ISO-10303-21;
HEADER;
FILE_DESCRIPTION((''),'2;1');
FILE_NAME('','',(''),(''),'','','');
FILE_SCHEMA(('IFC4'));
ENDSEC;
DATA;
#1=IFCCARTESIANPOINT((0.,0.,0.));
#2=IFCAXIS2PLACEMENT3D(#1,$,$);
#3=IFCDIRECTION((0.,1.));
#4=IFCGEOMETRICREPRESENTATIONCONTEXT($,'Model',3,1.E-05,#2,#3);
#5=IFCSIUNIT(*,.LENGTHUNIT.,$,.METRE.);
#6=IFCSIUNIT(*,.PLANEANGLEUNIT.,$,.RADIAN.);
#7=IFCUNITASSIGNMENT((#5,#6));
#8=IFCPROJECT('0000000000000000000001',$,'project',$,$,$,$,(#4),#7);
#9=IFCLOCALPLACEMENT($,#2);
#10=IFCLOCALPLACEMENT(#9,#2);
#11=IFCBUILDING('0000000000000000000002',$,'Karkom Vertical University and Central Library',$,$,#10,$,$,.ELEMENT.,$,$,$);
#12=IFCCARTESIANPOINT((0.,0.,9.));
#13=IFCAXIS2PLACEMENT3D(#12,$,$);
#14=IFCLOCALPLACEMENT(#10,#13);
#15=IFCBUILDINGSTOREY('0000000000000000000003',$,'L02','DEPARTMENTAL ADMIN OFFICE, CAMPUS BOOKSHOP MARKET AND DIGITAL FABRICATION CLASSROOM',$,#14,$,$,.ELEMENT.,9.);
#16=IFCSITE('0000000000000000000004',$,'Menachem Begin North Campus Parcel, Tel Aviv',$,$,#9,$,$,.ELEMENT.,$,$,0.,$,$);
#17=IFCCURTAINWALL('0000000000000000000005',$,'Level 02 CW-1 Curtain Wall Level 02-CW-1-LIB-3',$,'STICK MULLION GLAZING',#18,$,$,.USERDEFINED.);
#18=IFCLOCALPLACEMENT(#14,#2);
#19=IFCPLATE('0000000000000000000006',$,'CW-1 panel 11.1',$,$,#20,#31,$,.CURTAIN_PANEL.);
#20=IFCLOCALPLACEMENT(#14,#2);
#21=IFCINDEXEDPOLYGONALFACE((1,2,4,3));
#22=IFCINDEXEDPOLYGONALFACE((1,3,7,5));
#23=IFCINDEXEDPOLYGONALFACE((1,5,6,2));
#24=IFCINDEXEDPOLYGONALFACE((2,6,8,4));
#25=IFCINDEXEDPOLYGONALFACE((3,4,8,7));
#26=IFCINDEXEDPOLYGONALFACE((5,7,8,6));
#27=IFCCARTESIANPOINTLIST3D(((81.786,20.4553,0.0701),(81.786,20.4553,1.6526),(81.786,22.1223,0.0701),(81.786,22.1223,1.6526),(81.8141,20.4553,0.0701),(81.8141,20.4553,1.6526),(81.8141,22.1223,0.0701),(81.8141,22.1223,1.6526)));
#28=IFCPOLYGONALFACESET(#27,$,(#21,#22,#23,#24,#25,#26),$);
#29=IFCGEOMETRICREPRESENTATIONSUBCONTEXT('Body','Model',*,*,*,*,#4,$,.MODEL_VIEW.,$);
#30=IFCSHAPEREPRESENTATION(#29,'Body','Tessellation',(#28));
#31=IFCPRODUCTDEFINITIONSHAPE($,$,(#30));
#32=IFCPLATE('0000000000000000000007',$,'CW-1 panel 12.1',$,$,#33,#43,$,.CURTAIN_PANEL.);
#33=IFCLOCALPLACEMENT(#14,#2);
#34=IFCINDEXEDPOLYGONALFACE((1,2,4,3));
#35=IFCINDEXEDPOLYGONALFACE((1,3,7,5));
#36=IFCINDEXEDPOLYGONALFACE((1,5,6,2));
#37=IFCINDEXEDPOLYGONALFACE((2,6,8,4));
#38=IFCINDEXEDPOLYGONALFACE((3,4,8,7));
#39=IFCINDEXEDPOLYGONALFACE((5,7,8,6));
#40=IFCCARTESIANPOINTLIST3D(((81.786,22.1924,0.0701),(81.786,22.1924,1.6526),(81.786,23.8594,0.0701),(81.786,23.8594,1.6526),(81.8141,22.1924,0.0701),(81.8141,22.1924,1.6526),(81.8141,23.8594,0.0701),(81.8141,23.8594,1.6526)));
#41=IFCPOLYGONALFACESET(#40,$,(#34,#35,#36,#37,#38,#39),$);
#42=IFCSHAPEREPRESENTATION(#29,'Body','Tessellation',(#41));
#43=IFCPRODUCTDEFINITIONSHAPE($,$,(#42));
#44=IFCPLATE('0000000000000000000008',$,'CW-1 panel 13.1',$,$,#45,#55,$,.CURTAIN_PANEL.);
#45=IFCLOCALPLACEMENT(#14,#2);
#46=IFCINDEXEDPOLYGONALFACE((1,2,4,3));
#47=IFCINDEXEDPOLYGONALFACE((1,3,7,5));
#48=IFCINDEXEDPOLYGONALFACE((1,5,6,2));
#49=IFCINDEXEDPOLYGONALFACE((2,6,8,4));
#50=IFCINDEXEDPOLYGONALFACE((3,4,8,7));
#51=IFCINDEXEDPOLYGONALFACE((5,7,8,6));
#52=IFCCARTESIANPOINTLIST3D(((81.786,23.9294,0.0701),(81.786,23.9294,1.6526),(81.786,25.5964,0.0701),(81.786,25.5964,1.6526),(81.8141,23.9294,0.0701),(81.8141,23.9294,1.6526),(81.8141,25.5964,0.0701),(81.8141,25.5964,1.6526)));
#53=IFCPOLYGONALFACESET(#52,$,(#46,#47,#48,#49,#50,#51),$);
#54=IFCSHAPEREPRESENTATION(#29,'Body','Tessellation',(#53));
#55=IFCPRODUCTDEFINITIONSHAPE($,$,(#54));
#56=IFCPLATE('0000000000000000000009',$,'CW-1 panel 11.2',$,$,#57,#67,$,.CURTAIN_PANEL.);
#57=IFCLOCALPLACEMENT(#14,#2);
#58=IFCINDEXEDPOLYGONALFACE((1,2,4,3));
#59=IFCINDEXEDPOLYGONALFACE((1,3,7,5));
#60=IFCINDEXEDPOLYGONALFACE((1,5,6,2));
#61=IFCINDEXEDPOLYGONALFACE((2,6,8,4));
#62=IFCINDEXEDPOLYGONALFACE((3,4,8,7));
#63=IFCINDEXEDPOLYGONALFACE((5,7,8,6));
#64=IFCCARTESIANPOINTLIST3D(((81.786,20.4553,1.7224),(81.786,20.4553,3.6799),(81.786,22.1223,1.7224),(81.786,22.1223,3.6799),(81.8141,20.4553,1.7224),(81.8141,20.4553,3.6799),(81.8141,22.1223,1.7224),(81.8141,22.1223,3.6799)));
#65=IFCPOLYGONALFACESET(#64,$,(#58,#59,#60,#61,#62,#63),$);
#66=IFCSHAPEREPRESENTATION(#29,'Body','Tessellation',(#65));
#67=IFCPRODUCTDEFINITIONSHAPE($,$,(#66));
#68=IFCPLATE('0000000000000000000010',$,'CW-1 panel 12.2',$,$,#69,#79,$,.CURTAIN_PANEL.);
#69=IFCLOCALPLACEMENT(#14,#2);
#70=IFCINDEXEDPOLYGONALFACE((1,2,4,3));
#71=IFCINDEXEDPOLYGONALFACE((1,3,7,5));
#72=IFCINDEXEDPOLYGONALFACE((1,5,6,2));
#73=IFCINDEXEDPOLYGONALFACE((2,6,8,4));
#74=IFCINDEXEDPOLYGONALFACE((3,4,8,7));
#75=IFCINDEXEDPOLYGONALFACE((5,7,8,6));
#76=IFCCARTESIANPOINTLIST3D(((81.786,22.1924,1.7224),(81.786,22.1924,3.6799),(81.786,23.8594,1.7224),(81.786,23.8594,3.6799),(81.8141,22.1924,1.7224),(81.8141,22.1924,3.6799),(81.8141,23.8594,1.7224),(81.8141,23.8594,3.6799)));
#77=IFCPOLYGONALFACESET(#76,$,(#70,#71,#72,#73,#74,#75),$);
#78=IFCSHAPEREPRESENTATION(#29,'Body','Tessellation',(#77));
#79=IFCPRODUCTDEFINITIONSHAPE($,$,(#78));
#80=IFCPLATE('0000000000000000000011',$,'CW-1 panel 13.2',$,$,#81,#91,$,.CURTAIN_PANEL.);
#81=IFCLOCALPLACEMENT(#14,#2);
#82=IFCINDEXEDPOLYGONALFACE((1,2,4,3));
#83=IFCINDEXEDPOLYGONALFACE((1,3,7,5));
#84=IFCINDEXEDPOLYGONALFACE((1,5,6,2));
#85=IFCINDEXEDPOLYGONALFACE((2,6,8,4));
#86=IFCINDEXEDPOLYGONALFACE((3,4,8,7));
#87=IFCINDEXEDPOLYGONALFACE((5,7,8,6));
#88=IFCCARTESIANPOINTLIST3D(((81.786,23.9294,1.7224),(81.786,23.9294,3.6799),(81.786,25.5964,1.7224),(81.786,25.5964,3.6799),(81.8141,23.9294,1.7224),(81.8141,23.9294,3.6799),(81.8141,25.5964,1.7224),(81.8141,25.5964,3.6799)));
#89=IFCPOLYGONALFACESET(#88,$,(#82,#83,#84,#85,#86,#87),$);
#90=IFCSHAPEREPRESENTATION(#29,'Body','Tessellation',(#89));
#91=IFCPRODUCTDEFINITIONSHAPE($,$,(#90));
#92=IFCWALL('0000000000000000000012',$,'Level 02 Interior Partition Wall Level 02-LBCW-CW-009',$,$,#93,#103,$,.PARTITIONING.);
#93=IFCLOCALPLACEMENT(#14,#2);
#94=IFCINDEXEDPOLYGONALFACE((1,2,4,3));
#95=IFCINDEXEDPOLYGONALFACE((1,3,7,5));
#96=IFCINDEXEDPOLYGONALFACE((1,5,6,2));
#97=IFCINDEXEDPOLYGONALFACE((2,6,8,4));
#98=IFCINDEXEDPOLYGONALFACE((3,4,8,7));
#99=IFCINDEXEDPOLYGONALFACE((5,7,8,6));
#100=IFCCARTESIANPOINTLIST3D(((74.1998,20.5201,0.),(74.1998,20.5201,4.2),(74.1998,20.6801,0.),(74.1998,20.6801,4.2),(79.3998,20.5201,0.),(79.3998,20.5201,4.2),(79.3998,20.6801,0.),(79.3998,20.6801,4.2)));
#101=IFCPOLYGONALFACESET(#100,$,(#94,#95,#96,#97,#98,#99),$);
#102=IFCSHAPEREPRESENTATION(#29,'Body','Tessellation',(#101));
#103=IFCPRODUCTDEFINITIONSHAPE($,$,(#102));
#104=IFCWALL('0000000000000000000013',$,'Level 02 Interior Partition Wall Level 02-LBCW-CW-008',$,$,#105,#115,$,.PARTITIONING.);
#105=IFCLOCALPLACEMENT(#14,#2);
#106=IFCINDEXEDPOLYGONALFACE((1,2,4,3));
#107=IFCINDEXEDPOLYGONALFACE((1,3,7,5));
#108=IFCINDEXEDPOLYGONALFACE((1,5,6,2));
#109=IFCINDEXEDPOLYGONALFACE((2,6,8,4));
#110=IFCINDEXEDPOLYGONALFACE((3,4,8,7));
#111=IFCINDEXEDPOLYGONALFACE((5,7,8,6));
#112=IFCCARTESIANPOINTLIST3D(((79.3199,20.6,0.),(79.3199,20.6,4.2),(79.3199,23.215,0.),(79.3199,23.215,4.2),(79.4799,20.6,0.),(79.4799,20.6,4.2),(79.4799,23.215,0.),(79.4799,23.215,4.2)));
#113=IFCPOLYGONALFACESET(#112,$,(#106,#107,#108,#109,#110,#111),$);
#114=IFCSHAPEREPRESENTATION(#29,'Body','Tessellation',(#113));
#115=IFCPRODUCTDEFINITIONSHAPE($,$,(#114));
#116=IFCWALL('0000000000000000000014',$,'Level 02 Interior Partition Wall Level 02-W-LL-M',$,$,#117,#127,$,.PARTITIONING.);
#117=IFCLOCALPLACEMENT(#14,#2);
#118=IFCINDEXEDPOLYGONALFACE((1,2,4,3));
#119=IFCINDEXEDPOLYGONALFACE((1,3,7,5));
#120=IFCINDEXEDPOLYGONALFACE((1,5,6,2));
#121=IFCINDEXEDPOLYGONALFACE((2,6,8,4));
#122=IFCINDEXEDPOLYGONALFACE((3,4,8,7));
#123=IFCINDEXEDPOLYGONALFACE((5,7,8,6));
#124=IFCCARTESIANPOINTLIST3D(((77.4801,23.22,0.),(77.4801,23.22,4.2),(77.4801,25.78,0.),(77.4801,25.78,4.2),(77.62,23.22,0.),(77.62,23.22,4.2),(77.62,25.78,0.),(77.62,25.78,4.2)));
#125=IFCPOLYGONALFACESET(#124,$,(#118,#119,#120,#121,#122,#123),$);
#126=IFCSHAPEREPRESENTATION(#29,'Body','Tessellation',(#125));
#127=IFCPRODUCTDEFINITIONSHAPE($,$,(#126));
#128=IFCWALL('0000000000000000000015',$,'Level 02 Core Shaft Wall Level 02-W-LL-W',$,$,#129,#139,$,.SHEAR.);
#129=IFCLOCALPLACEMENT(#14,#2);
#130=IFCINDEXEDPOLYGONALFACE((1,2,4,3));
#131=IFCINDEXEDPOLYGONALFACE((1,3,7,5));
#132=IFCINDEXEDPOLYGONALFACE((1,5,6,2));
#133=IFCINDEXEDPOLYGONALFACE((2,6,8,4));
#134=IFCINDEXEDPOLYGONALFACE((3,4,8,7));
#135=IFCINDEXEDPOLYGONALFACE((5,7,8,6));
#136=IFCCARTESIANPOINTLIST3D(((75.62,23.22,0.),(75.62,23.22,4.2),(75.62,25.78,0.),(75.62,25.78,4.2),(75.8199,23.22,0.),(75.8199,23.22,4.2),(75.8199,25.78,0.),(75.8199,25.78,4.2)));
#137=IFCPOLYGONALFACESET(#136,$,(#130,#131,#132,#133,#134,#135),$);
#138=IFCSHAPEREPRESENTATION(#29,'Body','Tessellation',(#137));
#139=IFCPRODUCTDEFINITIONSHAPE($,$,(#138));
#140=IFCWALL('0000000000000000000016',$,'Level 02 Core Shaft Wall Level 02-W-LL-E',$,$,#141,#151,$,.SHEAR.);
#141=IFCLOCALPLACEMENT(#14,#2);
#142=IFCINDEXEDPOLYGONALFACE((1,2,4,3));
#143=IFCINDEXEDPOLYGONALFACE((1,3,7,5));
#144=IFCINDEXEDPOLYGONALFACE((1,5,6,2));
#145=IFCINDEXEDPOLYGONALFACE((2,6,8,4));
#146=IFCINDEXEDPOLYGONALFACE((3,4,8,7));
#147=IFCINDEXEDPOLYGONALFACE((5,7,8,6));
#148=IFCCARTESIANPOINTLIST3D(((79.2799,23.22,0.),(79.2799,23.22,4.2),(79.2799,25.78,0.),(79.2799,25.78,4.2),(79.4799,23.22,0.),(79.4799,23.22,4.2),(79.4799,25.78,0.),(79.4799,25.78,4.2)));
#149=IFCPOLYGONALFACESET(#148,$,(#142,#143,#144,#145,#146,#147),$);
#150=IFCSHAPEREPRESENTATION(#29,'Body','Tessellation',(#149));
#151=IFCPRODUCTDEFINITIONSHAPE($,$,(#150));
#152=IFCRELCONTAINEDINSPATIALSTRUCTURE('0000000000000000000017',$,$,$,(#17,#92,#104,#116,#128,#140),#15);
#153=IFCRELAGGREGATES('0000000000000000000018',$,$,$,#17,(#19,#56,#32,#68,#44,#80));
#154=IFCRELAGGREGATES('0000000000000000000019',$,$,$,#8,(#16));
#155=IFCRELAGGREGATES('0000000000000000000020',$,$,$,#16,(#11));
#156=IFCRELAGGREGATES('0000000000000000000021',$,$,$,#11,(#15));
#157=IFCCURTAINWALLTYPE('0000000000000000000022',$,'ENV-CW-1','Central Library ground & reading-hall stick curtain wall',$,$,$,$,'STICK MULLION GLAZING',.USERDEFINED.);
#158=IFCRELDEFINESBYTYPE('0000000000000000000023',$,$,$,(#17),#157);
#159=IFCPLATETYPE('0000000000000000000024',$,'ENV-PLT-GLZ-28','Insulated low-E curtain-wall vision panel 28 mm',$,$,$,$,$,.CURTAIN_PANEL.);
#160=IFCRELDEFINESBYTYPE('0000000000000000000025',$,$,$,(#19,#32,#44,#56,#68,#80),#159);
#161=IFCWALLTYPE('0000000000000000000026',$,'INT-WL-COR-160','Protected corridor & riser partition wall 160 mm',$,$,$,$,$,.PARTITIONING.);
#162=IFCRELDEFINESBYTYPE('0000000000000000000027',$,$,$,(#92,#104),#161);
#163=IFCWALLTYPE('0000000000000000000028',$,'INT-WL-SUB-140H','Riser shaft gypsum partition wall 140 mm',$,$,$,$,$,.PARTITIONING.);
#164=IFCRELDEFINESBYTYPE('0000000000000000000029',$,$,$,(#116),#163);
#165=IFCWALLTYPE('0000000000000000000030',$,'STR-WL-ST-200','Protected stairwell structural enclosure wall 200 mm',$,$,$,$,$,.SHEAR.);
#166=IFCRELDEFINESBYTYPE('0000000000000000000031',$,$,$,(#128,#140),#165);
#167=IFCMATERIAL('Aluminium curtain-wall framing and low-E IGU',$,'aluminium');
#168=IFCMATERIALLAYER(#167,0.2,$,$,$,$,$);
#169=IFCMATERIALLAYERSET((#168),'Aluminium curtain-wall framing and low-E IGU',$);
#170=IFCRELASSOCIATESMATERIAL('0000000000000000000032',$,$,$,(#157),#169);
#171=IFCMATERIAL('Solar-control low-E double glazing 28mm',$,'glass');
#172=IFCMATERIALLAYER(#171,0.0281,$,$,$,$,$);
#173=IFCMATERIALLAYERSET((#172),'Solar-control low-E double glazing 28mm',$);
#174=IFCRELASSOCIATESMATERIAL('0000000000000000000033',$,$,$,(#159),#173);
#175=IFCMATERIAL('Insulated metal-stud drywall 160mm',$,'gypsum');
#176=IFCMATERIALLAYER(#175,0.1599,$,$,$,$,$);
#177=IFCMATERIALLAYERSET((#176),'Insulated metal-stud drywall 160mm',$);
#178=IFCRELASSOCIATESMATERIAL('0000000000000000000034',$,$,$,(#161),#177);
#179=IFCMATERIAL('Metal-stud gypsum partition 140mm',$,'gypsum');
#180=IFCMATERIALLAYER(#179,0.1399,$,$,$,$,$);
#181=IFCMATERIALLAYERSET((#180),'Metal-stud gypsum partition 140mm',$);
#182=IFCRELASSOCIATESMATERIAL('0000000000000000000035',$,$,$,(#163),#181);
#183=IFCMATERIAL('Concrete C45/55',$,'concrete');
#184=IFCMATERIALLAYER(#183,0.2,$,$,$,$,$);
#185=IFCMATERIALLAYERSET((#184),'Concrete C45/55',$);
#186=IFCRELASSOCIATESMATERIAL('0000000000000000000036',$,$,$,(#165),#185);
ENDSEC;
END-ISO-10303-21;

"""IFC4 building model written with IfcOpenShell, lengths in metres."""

from ifc_helpers import new_model, si_unit, direction, frame, frame_2d, origin, origin_with_axes, origin_2d, place, context, subcontext, project, spatial, rectangle, extrude, source, transform, mapped, material, layer, layer_set, type_object, element, aggregate, save


model = new_model("IFC4")

# Units and contexts
model_context = context("Model", 3, precision=1e-05, world=origin(), true_north=direction((0.0, 1.0)))
body_context = subcontext(model_context, "Body", "Model", "MODEL_VIEW")
ifc_project = project(units=[si_unit("LENGTHUNIT", "METRE"), si_unit("PLANEANGLEUNIT", "RADIAN")], contexts=[model_context])

# Site, building, storey
site_placement = place(None, origin())
site = spatial("IfcSite", under=ifc_project, at=site_placement, Name="Menachem Begin North Campus Parcel, Tel Aviv", CompositionType="ELEMENT", RefElevation=0.0)
building_placement = place(site_placement, origin())
building = spatial("IfcBuilding", under=site, at=building_placement, Name="Karkom Vertical University and Central Library", CompositionType="ELEMENT")
storey_placement = place(building_placement, frame((0.0, 0.0, 9.0)))
storey = spatial("IfcBuildingStorey", under=building, at=storey_placement, Name="L02", Description="DEPARTMENTAL ADMIN OFFICE, CAMPUS BOOKSHOP MARKET AND DIGITAL FABRICATION CLASSROOM", CompositionType="ELEMENT", Elevation=9.0)

# Curtain wall, plates
ifc_material_1 = material(Name="Aluminium curtain-wall framing and low-E IGU", Category="aluminium")
ifc_layer_1 = layer(ifc_material_1, 0.2)
ifc_layer_set_1 = layer_set([ifc_layer_1], Name="Aluminium curtain-wall framing and low-E IGU")
curtain_wall_type = type_object("IfcCurtainWallType", Name="ENV-CW-1", Description="Central Library ground & reading-hall stick curtain wall", ElementType="STICK MULLION GLAZING", PredefinedType="USERDEFINED", material=ifc_layer_set_1)
curtain_wall_placement = place(storey_placement, origin())
curtain_wall = element("IfcCurtainWall", 1, at=curtain_wall_placement, inside=storey, type_object=curtain_wall_type, Name="Level 02 CW-1 Curtain Wall Level 02-CW-1-LIB-3", ObjectType="STICK MULLION GLAZING", PredefinedType="USERDEFINED")
ifc_material_2 = material(Name="Solar-control low-E double glazing 28mm", Category="glass")
ifc_layer_2 = layer(ifc_material_2, 0.0281)
ifc_layer_set_2 = layer_set([ifc_layer_2], Name="Solar-control low-E double glazing 28mm")
plate_type = type_object("IfcPlateType", Name="ENV-PLT-GLZ-28", Description="Insulated low-E curtain-wall vision panel 28 mm", PredefinedType="CURTAIN_PANEL", material=ifc_layer_set_2)
shared_shape_1 = source(origin_with_axes(), body_context, "Body", "SweptSolid", [
    extrude(rectangle(XDim=1.667, YDim=0.0281, at=origin_2d()), origin(), (0.0, 0.0, 1.0), 1.5825),
])
plate_1_placement = place(storey_placement, frame((81.8, 21.2888, 0.0701), z_axis=(0.0, 0.0, 1.0), x_axis=(0.0, 1.0, 0.0)))
plate_1 = element("IfcPlate", 2, at=plate_1_placement, type_object=plate_type, Name="CW-1 panel 11.1", PredefinedType="CURTAIN_PANEL", context=body_context, shape_type="MappedRepresentation", body=[
    mapped(shared_shape_1, transform((0.0, 0.0, 0.0), scale=1.0)),
])
plate_2_placement = place(storey_placement, frame((81.8, 23.0259, 0.0701), z_axis=(0.0, 0.0, 1.0), x_axis=(0.0, 1.0, 0.0)))
plate_2 = element("IfcPlate", 3, at=plate_2_placement, type_object=plate_type, Name="CW-1 panel 12.1", PredefinedType="CURTAIN_PANEL", context=body_context, shape_type="MappedRepresentation", body=[
    mapped(shared_shape_1, transform((0.0, 0.0, 0.0), scale=1.0)),
])
plate_3_placement = place(storey_placement, frame((81.8, 24.7629, 0.0701), z_axis=(0.0, 0.0, 1.0), x_axis=(0.0, 1.0, 0.0)))
plate_3 = element("IfcPlate", 4, at=plate_3_placement, type_object=plate_type, Name="CW-1 panel 13.1", PredefinedType="CURTAIN_PANEL", context=body_context, shape_type="MappedRepresentation", body=[
    mapped(shared_shape_1, transform((0.0, 0.0, 0.0), scale=1.0)),
])
shared_shape_2 = source(origin_with_axes(), body_context, "Body", "SweptSolid", [
    extrude(rectangle(XDim=1.667, YDim=0.0281, at=origin_2d()), origin(), (0.0, 0.0, 1.0), 1.9575),
])
plate_4_placement = place(storey_placement, frame((81.8, 21.2888, 1.7224), z_axis=(0.0, 0.0, 1.0), x_axis=(0.0, 1.0, 0.0)))
plate_4 = element("IfcPlate", 5, at=plate_4_placement, type_object=plate_type, Name="CW-1 panel 11.2", PredefinedType="CURTAIN_PANEL", context=body_context, shape_type="MappedRepresentation", body=[
    mapped(shared_shape_2, transform((0.0, 0.0, 0.0), scale=1.0)),
])
plate_5_placement = place(storey_placement, frame((81.8, 23.0259, 1.7224), z_axis=(0.0, 0.0, 1.0), x_axis=(0.0, 1.0, 0.0)))
plate_5 = element("IfcPlate", 6, at=plate_5_placement, type_object=plate_type, Name="CW-1 panel 12.2", PredefinedType="CURTAIN_PANEL", context=body_context, shape_type="MappedRepresentation", body=[
    mapped(shared_shape_2, transform((0.0, 0.0, 0.0), scale=1.0)),
])
plate_6_placement = place(storey_placement, frame((81.8, 24.7629, 1.7224), z_axis=(0.0, 0.0, 1.0), x_axis=(0.0, 1.0, 0.0)))
plate_6 = element("IfcPlate", 7, at=plate_6_placement, type_object=plate_type, Name="CW-1 panel 13.2", PredefinedType="CURTAIN_PANEL", context=body_context, shape_type="MappedRepresentation", body=[
    mapped(shared_shape_2, transform((0.0, 0.0, 0.0), scale=1.0)),
])
aggregate(curtain_wall, [plate_1, plate_4, plate_2, plate_5, plate_3, plate_6])

# Walls
ifc_material_3 = material(Name="Insulated metal-stud drywall 160mm", Category="gypsum")
ifc_layer_3 = layer(ifc_material_3, 0.1599)
ifc_layer_set_3 = layer_set([ifc_layer_3], Name="Insulated metal-stud drywall 160mm")
wall_type_1 = type_object("IfcWallType", Name="INT-WL-COR-160", Description="Protected corridor & riser partition wall 160 mm", PredefinedType="PARTITIONING", material=ifc_layer_set_3)
wall_1_placement = place(storey_placement, frame((79.3999, 20.6001, 0.0), z_axis=(0.0, 0.0, 1.0), x_axis=(-1.0, 0.0, 0.0)))
element("IfcWall", 8, at=wall_1_placement, inside=storey, type_object=wall_type_1, Name="Level 02 Interior Partition Wall Level 02-LBCW-CW-009", PredefinedType="PARTITIONING", context=body_context, shape_type="SweptSolid", body=[
    extrude(rectangle(XDim=5.2, YDim=0.1599, at=frame_2d((2.6001, 0.0))), origin(), (0.0, 0.0, 1.0), 4.2),
])
wall_2_placement = place(storey_placement, frame((79.3999, 23.2151, 0.0), z_axis=(0.0, 0.0, 1.0), x_axis=(0.0, -1.0, 0.0)))
element("IfcWall", 9, at=wall_2_placement, inside=storey, type_object=wall_type_1, Name="Level 02 Interior Partition Wall Level 02-LBCW-CW-008", PredefinedType="PARTITIONING", context=body_context, shape_type="SweptSolid", body=[
    extrude(rectangle(XDim=2.615, YDim=0.1599, at=frame_2d((1.3076, 0.0))), origin(), (0.0, 0.0, 1.0), 4.2),
])
ifc_material_4 = material(Name="Metal-stud gypsum partition 140mm", Category="gypsum")
ifc_layer_4 = layer(ifc_material_4, 0.1399)
ifc_layer_set_4 = layer_set([ifc_layer_4], Name="Metal-stud gypsum partition 140mm")
wall_type_2 = type_object("IfcWallType", Name="INT-WL-SUB-140H", Description="Riser shaft gypsum partition wall 140 mm", PredefinedType="PARTITIONING", material=ifc_layer_set_4)
wall_3_placement = place(storey_placement, frame((77.55, 23.22, 0.0), z_axis=(0.0, 0.0, 1.0), x_axis=(0.0, 1.0, 0.0)))
element("IfcWall", 10, at=wall_3_placement, inside=storey, type_object=wall_type_2, Name="Level 02 Interior Partition Wall Level 02-W-LL-M", PredefinedType="PARTITIONING", context=body_context, shape_type="SweptSolid", body=[
    extrude(rectangle(XDim=2.5601, YDim=0.1399, at=frame_2d((1.28, 0.0))), origin(), (0.0, 0.0, 1.0), 4.2),
])
ifc_material_5 = material(Name="Concrete C45/55", Category="concrete")
ifc_layer_5 = layer(ifc_material_5, 0.2)
ifc_layer_set_5 = layer_set([ifc_layer_5], Name="Concrete C45/55")
wall_type_3 = type_object("IfcWallType", Name="STR-WL-ST-200", Description="Protected stairwell structural enclosure wall 200 mm", PredefinedType="SHEAR", material=ifc_layer_set_5)
for number, where, z_axis, x_axis, name in (
    (11, (75.72, 23.22, 0.0), (0.0, 0.0, 1.0), (0.0, 1.0, 0.0), "Level 02 Core Shaft Wall Level 02-W-LL-W"),
    (12, (79.3799, 23.22, 0.0), (0.0, 0.0, 1.0), (0.0, 1.0, 0.0), "Level 02 Core Shaft Wall Level 02-W-LL-E"),
):
    element("IfcWall", number, at=place(storey_placement, frame(where, z_axis=z_axis, x_axis=x_axis)), inside=storey, type_object=wall_type_3, Name=name, PredefinedType="SHEAR", context=body_context, shape_type="SweptSolid", body=[
        extrude(rectangle(XDim=2.5601, YDim=0.2, at=frame_2d((1.28, 0.0))), origin(), (0.0, 0.0, 1.0), 4.2),
    ])

save(model, "model.ifc")
